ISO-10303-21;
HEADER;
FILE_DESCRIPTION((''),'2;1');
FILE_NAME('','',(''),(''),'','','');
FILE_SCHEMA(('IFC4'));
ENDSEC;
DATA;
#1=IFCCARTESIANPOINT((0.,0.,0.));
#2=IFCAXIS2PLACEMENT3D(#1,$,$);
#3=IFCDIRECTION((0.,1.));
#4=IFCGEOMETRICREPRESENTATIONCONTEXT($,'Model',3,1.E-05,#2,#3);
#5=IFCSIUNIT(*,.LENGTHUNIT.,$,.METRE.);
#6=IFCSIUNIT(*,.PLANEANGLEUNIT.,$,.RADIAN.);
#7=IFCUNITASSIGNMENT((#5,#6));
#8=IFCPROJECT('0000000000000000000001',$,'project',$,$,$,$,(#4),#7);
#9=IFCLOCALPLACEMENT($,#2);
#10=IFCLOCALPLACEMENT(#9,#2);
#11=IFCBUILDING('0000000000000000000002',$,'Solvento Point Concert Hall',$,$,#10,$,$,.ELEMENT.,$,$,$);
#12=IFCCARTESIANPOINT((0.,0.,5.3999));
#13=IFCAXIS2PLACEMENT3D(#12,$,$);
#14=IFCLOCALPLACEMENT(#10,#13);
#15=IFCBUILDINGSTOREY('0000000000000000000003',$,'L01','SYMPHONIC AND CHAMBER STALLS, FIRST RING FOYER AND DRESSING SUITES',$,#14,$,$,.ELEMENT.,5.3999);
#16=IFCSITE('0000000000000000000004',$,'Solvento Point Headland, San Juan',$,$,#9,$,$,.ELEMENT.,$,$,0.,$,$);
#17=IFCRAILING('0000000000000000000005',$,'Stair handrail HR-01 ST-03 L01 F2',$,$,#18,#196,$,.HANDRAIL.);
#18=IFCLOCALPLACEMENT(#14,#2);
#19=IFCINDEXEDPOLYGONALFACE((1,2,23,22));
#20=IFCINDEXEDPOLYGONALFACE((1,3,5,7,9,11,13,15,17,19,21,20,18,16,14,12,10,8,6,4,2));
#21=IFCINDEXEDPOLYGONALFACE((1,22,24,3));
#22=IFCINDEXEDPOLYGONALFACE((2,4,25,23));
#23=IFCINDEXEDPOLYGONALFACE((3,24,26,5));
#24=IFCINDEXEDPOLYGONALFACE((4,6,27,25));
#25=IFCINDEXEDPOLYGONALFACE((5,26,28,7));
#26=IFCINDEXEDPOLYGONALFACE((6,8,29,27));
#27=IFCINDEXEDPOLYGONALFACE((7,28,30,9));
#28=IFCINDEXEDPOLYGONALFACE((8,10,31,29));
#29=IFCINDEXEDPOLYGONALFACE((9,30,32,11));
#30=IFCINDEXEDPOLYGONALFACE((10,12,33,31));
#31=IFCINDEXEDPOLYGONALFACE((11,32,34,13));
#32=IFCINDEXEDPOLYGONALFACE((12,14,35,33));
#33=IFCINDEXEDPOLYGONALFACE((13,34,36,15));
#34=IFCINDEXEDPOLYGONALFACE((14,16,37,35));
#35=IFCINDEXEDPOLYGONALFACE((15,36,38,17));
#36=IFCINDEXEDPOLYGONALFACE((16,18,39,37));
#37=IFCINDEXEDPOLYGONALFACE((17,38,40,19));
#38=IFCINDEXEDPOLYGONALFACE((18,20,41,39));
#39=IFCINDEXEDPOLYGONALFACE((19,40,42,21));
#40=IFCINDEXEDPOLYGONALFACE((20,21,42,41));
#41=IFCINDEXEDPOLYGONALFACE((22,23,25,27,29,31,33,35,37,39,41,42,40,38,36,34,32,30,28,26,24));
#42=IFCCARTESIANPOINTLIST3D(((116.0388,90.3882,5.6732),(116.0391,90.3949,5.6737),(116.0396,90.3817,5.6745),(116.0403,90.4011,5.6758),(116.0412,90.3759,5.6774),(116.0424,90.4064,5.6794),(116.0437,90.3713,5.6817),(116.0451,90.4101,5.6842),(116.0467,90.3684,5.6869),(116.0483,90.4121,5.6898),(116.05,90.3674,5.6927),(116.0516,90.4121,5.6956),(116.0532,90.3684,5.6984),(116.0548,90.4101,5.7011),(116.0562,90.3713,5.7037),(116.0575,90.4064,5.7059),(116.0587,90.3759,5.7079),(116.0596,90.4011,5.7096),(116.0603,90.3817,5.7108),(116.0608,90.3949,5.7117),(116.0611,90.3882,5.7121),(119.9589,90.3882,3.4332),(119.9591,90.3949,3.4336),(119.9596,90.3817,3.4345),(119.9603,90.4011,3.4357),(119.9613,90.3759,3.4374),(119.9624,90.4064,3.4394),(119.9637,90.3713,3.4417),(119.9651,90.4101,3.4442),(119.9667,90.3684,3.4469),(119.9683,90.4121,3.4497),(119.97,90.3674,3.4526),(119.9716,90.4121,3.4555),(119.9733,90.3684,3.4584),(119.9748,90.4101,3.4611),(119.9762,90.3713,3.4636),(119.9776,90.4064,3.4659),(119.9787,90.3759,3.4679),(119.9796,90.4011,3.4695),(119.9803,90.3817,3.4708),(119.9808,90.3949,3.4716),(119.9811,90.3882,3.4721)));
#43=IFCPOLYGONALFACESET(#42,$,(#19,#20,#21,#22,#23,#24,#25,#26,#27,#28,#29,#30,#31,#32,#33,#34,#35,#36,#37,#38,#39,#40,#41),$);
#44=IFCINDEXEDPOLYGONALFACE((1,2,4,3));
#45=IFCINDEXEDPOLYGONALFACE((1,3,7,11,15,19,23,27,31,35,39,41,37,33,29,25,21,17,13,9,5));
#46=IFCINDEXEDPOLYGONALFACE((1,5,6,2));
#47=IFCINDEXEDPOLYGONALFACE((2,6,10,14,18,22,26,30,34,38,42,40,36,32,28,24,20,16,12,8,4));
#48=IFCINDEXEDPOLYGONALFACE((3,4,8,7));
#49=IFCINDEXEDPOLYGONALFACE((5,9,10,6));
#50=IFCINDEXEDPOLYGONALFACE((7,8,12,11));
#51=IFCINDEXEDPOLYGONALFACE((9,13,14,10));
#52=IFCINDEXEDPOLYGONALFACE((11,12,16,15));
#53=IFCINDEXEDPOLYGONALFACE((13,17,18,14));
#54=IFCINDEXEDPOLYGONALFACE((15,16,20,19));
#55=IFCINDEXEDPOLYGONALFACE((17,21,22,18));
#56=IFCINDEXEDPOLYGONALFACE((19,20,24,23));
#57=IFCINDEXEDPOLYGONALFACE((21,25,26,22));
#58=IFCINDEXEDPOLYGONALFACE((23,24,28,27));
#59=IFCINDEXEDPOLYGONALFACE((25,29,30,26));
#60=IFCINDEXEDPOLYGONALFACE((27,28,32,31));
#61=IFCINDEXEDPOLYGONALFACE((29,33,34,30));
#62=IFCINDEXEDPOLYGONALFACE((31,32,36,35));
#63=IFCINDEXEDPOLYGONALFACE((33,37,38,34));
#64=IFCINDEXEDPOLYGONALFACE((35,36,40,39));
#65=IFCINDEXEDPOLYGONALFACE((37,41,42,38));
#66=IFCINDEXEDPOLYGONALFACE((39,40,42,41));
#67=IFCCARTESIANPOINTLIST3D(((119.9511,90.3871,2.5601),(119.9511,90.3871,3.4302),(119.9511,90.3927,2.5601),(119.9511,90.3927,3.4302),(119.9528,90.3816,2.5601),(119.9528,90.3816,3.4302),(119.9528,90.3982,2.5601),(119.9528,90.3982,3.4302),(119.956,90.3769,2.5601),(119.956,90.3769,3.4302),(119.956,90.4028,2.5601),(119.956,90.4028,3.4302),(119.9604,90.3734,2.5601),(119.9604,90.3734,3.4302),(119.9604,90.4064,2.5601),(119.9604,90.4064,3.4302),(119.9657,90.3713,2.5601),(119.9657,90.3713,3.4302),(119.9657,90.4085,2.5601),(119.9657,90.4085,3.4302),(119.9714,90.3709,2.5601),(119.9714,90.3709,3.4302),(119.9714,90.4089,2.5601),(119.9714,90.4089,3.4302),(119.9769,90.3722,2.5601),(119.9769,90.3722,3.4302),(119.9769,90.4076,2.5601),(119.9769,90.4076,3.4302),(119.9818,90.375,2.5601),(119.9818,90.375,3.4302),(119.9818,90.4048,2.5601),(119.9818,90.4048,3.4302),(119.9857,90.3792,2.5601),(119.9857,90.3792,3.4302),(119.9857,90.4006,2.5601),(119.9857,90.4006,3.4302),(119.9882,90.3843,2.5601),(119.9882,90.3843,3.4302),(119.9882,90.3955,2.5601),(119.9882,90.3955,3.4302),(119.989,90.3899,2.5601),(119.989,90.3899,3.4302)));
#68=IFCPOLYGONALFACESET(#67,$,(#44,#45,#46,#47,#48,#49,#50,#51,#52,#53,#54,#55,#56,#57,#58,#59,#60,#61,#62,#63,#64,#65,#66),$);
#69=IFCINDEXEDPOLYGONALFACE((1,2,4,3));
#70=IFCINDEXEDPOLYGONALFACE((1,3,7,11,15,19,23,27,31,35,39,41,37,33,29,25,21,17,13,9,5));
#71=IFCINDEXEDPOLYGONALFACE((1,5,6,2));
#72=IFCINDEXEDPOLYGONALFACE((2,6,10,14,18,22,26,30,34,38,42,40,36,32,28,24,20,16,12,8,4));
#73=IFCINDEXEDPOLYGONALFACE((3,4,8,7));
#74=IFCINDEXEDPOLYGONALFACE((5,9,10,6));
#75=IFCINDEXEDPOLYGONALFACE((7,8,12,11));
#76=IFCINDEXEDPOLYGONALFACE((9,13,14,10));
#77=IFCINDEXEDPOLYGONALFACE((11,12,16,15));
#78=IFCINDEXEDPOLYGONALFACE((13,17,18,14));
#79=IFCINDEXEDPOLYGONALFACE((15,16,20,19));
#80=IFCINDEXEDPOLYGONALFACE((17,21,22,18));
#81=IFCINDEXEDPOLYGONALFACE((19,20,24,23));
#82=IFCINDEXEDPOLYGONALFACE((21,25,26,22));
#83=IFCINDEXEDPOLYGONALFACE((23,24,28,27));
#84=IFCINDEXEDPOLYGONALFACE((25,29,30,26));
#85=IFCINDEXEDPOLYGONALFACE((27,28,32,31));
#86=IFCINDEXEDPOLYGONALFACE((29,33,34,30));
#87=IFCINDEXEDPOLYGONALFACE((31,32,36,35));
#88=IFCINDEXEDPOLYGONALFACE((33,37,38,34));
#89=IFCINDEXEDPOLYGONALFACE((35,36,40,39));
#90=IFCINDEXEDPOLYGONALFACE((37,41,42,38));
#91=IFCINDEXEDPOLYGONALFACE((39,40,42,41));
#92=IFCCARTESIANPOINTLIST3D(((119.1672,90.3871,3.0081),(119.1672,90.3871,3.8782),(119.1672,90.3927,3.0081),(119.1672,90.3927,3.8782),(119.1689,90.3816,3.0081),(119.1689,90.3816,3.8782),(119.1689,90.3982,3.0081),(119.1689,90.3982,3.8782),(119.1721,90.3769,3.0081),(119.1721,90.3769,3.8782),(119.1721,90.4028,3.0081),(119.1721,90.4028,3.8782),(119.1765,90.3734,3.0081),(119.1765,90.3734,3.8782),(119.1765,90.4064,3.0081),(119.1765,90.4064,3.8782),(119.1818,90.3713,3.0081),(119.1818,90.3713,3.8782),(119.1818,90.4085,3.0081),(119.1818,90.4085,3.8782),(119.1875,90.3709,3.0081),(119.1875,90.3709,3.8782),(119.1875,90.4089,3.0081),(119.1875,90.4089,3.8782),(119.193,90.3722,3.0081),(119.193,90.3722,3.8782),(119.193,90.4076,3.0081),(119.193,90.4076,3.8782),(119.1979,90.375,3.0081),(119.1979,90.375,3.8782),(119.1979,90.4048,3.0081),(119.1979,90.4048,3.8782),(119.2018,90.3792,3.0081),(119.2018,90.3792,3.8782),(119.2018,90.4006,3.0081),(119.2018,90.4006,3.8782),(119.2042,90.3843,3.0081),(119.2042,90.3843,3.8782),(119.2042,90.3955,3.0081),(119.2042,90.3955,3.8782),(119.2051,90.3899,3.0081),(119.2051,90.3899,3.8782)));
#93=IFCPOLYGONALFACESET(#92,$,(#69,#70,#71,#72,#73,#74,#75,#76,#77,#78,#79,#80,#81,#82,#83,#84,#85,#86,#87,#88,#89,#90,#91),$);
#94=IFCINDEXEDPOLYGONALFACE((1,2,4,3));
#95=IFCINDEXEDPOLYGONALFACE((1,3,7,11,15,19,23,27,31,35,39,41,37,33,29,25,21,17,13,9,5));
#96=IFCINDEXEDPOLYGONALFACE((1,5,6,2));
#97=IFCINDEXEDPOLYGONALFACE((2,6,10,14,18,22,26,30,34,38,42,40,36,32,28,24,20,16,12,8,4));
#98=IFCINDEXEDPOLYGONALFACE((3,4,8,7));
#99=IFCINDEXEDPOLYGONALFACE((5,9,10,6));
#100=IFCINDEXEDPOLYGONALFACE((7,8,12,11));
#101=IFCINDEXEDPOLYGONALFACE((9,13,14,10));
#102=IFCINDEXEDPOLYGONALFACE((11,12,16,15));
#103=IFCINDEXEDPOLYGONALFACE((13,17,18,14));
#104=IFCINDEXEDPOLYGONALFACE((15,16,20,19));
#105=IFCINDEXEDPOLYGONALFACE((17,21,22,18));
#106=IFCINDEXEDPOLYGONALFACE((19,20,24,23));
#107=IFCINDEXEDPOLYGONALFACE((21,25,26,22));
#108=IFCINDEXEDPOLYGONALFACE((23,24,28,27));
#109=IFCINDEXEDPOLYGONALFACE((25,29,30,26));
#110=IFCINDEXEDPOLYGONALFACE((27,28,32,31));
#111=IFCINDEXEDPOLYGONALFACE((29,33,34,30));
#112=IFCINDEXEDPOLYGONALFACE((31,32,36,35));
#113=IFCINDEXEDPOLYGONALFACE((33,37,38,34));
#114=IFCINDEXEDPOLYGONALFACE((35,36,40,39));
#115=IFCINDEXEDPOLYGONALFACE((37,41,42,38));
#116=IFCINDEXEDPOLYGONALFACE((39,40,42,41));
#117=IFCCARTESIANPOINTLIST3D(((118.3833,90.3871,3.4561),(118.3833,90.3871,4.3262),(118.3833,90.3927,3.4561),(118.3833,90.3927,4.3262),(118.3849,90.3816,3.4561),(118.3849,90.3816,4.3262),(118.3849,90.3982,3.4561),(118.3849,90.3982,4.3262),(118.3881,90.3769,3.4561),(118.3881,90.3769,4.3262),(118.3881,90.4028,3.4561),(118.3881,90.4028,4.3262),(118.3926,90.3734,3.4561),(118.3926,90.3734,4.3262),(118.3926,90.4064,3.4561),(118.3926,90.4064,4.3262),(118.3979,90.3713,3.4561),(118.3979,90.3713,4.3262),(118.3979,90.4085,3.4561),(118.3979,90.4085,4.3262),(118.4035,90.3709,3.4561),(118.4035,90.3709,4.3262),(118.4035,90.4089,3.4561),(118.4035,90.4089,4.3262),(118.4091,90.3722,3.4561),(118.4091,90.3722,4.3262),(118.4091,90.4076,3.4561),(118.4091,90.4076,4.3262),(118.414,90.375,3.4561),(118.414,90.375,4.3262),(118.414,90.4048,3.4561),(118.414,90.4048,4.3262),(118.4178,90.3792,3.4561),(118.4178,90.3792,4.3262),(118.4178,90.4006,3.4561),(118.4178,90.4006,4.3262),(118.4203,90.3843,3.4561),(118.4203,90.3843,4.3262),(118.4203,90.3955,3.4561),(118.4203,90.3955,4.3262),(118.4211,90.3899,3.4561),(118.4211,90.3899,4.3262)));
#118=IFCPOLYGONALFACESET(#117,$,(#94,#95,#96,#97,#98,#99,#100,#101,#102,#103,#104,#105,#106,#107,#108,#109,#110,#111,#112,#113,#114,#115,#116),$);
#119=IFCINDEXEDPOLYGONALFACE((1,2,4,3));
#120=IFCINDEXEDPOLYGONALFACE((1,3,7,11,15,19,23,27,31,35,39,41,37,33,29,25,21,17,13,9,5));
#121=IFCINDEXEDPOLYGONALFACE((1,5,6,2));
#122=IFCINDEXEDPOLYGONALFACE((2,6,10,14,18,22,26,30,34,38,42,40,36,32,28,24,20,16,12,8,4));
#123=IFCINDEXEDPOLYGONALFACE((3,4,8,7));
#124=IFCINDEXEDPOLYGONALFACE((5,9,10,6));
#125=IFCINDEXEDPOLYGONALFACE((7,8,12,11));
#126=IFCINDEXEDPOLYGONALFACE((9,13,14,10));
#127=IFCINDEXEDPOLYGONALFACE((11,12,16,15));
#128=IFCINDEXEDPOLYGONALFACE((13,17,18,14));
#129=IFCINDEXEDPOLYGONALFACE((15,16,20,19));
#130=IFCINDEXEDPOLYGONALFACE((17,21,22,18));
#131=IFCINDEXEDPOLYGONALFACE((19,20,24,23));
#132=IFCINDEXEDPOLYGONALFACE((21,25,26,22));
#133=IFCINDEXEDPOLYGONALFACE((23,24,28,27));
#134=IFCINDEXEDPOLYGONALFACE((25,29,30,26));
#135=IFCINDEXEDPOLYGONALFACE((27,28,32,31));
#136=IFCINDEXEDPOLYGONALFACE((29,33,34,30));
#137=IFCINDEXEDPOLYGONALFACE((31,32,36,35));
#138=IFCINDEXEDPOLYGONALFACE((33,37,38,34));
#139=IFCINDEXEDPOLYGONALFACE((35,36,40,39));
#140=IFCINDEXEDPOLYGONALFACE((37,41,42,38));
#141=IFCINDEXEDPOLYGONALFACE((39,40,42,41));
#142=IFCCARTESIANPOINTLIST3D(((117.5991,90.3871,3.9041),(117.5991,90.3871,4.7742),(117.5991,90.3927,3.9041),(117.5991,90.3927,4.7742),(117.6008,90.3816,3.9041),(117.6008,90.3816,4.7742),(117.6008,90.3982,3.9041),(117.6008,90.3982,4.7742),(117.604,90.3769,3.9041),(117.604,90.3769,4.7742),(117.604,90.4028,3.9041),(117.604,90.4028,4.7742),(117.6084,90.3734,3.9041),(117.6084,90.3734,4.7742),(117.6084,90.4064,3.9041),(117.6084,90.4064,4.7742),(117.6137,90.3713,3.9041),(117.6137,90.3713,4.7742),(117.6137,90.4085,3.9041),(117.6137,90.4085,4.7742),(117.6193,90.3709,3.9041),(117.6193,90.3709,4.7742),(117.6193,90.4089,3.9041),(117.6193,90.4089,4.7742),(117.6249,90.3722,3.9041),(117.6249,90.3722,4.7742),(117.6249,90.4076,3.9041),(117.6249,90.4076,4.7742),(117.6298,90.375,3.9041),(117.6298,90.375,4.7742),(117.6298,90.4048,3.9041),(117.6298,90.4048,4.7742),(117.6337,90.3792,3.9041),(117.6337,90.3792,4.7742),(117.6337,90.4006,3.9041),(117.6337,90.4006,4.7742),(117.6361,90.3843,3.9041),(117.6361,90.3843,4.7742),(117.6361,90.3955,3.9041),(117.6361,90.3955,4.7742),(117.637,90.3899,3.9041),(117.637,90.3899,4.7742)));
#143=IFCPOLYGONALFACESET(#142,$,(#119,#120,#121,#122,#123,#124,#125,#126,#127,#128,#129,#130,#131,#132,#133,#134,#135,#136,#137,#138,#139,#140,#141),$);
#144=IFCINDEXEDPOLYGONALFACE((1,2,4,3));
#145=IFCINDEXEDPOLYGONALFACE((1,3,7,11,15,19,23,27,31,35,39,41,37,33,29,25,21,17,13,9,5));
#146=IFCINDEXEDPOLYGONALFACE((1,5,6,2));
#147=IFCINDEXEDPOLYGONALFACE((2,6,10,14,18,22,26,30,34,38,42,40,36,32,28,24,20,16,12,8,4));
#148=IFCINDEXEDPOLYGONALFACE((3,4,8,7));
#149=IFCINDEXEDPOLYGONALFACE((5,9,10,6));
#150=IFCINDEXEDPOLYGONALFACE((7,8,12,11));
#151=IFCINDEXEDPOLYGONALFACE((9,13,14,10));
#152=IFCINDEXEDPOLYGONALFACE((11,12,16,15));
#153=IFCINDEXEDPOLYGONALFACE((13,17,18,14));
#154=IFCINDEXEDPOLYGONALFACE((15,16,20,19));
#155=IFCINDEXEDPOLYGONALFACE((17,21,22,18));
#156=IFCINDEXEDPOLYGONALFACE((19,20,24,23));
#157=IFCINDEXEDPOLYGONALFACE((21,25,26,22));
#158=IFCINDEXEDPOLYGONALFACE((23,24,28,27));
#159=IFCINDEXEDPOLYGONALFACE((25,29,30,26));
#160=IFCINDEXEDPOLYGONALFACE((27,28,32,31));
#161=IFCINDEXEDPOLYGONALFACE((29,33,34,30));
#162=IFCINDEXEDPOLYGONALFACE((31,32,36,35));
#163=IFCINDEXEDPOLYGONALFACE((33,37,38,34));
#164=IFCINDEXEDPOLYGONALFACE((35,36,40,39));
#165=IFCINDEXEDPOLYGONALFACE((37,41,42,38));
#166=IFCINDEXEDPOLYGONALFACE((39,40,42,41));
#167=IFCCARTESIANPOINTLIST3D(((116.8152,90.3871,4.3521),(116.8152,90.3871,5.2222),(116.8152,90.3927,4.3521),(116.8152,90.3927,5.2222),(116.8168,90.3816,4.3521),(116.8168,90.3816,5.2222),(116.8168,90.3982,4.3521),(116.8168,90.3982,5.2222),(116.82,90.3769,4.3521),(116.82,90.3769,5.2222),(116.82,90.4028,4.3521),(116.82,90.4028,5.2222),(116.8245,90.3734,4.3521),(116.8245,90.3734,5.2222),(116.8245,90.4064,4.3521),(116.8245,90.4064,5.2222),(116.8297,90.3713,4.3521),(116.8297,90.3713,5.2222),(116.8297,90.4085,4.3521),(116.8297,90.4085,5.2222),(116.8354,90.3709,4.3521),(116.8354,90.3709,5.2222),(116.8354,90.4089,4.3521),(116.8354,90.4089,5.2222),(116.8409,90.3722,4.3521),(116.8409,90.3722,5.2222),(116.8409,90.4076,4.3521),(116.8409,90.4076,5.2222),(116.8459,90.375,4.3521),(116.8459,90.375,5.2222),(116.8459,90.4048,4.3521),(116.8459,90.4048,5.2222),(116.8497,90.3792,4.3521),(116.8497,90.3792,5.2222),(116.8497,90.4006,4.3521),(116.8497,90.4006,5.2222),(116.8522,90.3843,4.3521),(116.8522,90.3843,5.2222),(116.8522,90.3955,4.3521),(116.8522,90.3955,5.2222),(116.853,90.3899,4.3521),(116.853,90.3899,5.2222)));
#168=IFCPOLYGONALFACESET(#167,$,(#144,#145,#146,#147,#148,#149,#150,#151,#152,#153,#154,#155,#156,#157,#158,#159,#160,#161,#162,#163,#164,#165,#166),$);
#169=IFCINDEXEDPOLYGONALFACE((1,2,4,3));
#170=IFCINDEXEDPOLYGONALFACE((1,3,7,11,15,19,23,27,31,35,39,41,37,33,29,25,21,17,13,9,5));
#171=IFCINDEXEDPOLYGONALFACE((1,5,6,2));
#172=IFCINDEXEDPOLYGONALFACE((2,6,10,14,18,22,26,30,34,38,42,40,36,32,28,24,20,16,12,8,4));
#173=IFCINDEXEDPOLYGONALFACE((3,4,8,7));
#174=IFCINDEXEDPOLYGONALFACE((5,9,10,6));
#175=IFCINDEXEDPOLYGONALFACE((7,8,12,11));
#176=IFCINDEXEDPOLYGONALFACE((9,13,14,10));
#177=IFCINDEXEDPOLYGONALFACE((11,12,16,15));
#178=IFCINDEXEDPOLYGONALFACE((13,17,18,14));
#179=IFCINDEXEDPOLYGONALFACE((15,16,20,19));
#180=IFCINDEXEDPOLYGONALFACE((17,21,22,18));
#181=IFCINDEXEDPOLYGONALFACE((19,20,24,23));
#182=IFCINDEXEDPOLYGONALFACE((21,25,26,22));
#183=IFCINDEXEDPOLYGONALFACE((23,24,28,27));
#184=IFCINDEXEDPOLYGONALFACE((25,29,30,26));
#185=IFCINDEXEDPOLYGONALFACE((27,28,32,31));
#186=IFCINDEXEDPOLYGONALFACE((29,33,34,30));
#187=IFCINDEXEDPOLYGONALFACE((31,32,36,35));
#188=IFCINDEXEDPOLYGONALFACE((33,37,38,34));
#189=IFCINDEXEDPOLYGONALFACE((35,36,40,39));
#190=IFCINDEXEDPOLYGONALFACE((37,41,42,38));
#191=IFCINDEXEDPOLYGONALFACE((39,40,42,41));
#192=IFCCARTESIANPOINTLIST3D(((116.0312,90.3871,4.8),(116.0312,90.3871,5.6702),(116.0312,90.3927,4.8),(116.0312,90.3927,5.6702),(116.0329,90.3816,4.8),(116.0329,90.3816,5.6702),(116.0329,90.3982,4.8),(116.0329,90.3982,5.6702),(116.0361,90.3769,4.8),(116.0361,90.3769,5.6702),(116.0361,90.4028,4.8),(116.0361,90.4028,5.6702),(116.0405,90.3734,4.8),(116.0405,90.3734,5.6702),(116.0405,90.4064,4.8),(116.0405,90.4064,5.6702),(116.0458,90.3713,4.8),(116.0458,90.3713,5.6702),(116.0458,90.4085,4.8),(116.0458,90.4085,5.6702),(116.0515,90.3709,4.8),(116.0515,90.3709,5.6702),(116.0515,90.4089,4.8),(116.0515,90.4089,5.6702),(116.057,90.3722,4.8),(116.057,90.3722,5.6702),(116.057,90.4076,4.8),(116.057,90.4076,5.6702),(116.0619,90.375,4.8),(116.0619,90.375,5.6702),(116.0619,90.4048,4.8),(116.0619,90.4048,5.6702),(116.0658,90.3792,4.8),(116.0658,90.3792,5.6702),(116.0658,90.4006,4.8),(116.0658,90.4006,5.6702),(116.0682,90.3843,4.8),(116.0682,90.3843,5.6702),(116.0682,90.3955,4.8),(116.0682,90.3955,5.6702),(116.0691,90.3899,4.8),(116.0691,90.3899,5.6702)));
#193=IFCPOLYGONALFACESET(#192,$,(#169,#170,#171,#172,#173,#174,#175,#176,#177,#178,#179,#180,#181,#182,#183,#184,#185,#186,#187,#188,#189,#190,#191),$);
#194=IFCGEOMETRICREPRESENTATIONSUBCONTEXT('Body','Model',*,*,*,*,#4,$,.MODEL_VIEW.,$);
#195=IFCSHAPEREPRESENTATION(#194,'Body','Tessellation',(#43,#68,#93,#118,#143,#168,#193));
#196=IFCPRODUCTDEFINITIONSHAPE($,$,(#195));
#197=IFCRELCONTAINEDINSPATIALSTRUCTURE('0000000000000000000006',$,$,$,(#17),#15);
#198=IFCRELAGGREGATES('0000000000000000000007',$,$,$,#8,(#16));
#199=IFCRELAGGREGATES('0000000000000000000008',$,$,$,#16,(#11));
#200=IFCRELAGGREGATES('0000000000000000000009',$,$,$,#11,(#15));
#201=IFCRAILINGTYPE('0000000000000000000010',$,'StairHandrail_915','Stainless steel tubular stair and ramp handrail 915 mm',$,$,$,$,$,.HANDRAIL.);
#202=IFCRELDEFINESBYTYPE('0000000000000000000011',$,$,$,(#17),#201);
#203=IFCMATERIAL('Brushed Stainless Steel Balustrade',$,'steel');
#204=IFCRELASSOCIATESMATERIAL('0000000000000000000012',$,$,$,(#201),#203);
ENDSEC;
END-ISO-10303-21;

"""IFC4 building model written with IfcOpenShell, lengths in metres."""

from ifc_helpers import new_model, si_unit, direction, frame, origin, origin_2d, place, context, subcontext, project, spatial, circle, extrude, material, type_object, element, save


model = new_model("IFC4")

# Units and contexts
model_context = context("Model", 3, precision=1e-05, world=origin(), true_north=direction((0.0, 1.0)))
body_context = subcontext(model_context, "Body", "Model", "MODEL_VIEW")
ifc_project = project(units=[si_unit("LENGTHUNIT", "METRE"), si_unit("PLANEANGLEUNIT", "RADIAN")], contexts=[model_context])

# Site, building, storey
site_placement = place(None, origin())
site = spatial("IfcSite", under=ifc_project, at=site_placement, Name="Solvento Point Headland, San Juan", CompositionType="ELEMENT", RefElevation=0.0)
building_placement = place(site_placement, origin())
building = spatial("IfcBuilding", under=site, at=building_placement, Name="Solvento Point Concert Hall", CompositionType="ELEMENT")
storey_placement = place(building_placement, frame((0.0, 0.0, 5.3999)))
storey = spatial("IfcBuildingStorey", under=building, at=storey_placement, Name="L01", Description="SYMPHONIC AND CHAMBER STALLS, FIRST RING FOYER AND DRESSING SUITES", CompositionType="ELEMENT", Elevation=5.3999)

# Railing
ifc_material_1 = material(Name="Brushed Stainless Steel Balustrade", Category="steel")
railing_type_1 = type_object("IfcRailingType", Name="StairHandrail_915", Description="Stainless steel tubular stair and ramp handrail 915 mm", PredefinedType="HANDRAIL", material=ifc_material_1)
railing_1_placement = place(storey_placement, frame((119.97, 90.3899, 2.5601)))
element("IfcRailing", 1, at=railing_1_placement, inside=storey, type_object=railing_type_1, Name="Stair handrail HR-01 ST-03 L01 F2", PredefinedType="HANDRAIL", context=body_context, shape_type="SweptSolid", body=[
    extrude(circle(Radius=0.0225, at=origin_2d()), frame((0.0, 0.0, 0.8926), z_axis=(-0.86824, 0.0, 0.496145), x_axis=(0.0, -1.0, 0.0)), (0.0, 0.0, 1.0), 4.5149),
    extrude(circle(Radius=0.019, at=origin_2d()), origin(), (0.0, 0.0, 1.0), 0.8701),
    extrude(circle(Radius=0.019, at=origin_2d()), frame((-0.7839, 0.0, 0.448)), (0.0, 0.0, 1.0), 0.8701),
    extrude(circle(Radius=0.019, at=origin_2d()), frame((-1.5679, 0.0, 0.896)), (0.0, 0.0, 1.0), 0.8701),
    extrude(circle(Radius=0.019, at=origin_2d()), frame((-2.3521, 0.0, 1.344)), (0.0, 0.0, 1.0), 0.8701),
    extrude(circle(Radius=0.019, at=origin_2d()), frame((-3.136, 0.0, 1.792)), (0.0, 0.0, 1.0), 0.8701),
    extrude(circle(Radius=0.019, at=origin_2d()), frame((-3.9199, 0.0, 2.24)), (0.0, 0.0, 1.0), 0.8701),
])

save(model, "model.ifc")
